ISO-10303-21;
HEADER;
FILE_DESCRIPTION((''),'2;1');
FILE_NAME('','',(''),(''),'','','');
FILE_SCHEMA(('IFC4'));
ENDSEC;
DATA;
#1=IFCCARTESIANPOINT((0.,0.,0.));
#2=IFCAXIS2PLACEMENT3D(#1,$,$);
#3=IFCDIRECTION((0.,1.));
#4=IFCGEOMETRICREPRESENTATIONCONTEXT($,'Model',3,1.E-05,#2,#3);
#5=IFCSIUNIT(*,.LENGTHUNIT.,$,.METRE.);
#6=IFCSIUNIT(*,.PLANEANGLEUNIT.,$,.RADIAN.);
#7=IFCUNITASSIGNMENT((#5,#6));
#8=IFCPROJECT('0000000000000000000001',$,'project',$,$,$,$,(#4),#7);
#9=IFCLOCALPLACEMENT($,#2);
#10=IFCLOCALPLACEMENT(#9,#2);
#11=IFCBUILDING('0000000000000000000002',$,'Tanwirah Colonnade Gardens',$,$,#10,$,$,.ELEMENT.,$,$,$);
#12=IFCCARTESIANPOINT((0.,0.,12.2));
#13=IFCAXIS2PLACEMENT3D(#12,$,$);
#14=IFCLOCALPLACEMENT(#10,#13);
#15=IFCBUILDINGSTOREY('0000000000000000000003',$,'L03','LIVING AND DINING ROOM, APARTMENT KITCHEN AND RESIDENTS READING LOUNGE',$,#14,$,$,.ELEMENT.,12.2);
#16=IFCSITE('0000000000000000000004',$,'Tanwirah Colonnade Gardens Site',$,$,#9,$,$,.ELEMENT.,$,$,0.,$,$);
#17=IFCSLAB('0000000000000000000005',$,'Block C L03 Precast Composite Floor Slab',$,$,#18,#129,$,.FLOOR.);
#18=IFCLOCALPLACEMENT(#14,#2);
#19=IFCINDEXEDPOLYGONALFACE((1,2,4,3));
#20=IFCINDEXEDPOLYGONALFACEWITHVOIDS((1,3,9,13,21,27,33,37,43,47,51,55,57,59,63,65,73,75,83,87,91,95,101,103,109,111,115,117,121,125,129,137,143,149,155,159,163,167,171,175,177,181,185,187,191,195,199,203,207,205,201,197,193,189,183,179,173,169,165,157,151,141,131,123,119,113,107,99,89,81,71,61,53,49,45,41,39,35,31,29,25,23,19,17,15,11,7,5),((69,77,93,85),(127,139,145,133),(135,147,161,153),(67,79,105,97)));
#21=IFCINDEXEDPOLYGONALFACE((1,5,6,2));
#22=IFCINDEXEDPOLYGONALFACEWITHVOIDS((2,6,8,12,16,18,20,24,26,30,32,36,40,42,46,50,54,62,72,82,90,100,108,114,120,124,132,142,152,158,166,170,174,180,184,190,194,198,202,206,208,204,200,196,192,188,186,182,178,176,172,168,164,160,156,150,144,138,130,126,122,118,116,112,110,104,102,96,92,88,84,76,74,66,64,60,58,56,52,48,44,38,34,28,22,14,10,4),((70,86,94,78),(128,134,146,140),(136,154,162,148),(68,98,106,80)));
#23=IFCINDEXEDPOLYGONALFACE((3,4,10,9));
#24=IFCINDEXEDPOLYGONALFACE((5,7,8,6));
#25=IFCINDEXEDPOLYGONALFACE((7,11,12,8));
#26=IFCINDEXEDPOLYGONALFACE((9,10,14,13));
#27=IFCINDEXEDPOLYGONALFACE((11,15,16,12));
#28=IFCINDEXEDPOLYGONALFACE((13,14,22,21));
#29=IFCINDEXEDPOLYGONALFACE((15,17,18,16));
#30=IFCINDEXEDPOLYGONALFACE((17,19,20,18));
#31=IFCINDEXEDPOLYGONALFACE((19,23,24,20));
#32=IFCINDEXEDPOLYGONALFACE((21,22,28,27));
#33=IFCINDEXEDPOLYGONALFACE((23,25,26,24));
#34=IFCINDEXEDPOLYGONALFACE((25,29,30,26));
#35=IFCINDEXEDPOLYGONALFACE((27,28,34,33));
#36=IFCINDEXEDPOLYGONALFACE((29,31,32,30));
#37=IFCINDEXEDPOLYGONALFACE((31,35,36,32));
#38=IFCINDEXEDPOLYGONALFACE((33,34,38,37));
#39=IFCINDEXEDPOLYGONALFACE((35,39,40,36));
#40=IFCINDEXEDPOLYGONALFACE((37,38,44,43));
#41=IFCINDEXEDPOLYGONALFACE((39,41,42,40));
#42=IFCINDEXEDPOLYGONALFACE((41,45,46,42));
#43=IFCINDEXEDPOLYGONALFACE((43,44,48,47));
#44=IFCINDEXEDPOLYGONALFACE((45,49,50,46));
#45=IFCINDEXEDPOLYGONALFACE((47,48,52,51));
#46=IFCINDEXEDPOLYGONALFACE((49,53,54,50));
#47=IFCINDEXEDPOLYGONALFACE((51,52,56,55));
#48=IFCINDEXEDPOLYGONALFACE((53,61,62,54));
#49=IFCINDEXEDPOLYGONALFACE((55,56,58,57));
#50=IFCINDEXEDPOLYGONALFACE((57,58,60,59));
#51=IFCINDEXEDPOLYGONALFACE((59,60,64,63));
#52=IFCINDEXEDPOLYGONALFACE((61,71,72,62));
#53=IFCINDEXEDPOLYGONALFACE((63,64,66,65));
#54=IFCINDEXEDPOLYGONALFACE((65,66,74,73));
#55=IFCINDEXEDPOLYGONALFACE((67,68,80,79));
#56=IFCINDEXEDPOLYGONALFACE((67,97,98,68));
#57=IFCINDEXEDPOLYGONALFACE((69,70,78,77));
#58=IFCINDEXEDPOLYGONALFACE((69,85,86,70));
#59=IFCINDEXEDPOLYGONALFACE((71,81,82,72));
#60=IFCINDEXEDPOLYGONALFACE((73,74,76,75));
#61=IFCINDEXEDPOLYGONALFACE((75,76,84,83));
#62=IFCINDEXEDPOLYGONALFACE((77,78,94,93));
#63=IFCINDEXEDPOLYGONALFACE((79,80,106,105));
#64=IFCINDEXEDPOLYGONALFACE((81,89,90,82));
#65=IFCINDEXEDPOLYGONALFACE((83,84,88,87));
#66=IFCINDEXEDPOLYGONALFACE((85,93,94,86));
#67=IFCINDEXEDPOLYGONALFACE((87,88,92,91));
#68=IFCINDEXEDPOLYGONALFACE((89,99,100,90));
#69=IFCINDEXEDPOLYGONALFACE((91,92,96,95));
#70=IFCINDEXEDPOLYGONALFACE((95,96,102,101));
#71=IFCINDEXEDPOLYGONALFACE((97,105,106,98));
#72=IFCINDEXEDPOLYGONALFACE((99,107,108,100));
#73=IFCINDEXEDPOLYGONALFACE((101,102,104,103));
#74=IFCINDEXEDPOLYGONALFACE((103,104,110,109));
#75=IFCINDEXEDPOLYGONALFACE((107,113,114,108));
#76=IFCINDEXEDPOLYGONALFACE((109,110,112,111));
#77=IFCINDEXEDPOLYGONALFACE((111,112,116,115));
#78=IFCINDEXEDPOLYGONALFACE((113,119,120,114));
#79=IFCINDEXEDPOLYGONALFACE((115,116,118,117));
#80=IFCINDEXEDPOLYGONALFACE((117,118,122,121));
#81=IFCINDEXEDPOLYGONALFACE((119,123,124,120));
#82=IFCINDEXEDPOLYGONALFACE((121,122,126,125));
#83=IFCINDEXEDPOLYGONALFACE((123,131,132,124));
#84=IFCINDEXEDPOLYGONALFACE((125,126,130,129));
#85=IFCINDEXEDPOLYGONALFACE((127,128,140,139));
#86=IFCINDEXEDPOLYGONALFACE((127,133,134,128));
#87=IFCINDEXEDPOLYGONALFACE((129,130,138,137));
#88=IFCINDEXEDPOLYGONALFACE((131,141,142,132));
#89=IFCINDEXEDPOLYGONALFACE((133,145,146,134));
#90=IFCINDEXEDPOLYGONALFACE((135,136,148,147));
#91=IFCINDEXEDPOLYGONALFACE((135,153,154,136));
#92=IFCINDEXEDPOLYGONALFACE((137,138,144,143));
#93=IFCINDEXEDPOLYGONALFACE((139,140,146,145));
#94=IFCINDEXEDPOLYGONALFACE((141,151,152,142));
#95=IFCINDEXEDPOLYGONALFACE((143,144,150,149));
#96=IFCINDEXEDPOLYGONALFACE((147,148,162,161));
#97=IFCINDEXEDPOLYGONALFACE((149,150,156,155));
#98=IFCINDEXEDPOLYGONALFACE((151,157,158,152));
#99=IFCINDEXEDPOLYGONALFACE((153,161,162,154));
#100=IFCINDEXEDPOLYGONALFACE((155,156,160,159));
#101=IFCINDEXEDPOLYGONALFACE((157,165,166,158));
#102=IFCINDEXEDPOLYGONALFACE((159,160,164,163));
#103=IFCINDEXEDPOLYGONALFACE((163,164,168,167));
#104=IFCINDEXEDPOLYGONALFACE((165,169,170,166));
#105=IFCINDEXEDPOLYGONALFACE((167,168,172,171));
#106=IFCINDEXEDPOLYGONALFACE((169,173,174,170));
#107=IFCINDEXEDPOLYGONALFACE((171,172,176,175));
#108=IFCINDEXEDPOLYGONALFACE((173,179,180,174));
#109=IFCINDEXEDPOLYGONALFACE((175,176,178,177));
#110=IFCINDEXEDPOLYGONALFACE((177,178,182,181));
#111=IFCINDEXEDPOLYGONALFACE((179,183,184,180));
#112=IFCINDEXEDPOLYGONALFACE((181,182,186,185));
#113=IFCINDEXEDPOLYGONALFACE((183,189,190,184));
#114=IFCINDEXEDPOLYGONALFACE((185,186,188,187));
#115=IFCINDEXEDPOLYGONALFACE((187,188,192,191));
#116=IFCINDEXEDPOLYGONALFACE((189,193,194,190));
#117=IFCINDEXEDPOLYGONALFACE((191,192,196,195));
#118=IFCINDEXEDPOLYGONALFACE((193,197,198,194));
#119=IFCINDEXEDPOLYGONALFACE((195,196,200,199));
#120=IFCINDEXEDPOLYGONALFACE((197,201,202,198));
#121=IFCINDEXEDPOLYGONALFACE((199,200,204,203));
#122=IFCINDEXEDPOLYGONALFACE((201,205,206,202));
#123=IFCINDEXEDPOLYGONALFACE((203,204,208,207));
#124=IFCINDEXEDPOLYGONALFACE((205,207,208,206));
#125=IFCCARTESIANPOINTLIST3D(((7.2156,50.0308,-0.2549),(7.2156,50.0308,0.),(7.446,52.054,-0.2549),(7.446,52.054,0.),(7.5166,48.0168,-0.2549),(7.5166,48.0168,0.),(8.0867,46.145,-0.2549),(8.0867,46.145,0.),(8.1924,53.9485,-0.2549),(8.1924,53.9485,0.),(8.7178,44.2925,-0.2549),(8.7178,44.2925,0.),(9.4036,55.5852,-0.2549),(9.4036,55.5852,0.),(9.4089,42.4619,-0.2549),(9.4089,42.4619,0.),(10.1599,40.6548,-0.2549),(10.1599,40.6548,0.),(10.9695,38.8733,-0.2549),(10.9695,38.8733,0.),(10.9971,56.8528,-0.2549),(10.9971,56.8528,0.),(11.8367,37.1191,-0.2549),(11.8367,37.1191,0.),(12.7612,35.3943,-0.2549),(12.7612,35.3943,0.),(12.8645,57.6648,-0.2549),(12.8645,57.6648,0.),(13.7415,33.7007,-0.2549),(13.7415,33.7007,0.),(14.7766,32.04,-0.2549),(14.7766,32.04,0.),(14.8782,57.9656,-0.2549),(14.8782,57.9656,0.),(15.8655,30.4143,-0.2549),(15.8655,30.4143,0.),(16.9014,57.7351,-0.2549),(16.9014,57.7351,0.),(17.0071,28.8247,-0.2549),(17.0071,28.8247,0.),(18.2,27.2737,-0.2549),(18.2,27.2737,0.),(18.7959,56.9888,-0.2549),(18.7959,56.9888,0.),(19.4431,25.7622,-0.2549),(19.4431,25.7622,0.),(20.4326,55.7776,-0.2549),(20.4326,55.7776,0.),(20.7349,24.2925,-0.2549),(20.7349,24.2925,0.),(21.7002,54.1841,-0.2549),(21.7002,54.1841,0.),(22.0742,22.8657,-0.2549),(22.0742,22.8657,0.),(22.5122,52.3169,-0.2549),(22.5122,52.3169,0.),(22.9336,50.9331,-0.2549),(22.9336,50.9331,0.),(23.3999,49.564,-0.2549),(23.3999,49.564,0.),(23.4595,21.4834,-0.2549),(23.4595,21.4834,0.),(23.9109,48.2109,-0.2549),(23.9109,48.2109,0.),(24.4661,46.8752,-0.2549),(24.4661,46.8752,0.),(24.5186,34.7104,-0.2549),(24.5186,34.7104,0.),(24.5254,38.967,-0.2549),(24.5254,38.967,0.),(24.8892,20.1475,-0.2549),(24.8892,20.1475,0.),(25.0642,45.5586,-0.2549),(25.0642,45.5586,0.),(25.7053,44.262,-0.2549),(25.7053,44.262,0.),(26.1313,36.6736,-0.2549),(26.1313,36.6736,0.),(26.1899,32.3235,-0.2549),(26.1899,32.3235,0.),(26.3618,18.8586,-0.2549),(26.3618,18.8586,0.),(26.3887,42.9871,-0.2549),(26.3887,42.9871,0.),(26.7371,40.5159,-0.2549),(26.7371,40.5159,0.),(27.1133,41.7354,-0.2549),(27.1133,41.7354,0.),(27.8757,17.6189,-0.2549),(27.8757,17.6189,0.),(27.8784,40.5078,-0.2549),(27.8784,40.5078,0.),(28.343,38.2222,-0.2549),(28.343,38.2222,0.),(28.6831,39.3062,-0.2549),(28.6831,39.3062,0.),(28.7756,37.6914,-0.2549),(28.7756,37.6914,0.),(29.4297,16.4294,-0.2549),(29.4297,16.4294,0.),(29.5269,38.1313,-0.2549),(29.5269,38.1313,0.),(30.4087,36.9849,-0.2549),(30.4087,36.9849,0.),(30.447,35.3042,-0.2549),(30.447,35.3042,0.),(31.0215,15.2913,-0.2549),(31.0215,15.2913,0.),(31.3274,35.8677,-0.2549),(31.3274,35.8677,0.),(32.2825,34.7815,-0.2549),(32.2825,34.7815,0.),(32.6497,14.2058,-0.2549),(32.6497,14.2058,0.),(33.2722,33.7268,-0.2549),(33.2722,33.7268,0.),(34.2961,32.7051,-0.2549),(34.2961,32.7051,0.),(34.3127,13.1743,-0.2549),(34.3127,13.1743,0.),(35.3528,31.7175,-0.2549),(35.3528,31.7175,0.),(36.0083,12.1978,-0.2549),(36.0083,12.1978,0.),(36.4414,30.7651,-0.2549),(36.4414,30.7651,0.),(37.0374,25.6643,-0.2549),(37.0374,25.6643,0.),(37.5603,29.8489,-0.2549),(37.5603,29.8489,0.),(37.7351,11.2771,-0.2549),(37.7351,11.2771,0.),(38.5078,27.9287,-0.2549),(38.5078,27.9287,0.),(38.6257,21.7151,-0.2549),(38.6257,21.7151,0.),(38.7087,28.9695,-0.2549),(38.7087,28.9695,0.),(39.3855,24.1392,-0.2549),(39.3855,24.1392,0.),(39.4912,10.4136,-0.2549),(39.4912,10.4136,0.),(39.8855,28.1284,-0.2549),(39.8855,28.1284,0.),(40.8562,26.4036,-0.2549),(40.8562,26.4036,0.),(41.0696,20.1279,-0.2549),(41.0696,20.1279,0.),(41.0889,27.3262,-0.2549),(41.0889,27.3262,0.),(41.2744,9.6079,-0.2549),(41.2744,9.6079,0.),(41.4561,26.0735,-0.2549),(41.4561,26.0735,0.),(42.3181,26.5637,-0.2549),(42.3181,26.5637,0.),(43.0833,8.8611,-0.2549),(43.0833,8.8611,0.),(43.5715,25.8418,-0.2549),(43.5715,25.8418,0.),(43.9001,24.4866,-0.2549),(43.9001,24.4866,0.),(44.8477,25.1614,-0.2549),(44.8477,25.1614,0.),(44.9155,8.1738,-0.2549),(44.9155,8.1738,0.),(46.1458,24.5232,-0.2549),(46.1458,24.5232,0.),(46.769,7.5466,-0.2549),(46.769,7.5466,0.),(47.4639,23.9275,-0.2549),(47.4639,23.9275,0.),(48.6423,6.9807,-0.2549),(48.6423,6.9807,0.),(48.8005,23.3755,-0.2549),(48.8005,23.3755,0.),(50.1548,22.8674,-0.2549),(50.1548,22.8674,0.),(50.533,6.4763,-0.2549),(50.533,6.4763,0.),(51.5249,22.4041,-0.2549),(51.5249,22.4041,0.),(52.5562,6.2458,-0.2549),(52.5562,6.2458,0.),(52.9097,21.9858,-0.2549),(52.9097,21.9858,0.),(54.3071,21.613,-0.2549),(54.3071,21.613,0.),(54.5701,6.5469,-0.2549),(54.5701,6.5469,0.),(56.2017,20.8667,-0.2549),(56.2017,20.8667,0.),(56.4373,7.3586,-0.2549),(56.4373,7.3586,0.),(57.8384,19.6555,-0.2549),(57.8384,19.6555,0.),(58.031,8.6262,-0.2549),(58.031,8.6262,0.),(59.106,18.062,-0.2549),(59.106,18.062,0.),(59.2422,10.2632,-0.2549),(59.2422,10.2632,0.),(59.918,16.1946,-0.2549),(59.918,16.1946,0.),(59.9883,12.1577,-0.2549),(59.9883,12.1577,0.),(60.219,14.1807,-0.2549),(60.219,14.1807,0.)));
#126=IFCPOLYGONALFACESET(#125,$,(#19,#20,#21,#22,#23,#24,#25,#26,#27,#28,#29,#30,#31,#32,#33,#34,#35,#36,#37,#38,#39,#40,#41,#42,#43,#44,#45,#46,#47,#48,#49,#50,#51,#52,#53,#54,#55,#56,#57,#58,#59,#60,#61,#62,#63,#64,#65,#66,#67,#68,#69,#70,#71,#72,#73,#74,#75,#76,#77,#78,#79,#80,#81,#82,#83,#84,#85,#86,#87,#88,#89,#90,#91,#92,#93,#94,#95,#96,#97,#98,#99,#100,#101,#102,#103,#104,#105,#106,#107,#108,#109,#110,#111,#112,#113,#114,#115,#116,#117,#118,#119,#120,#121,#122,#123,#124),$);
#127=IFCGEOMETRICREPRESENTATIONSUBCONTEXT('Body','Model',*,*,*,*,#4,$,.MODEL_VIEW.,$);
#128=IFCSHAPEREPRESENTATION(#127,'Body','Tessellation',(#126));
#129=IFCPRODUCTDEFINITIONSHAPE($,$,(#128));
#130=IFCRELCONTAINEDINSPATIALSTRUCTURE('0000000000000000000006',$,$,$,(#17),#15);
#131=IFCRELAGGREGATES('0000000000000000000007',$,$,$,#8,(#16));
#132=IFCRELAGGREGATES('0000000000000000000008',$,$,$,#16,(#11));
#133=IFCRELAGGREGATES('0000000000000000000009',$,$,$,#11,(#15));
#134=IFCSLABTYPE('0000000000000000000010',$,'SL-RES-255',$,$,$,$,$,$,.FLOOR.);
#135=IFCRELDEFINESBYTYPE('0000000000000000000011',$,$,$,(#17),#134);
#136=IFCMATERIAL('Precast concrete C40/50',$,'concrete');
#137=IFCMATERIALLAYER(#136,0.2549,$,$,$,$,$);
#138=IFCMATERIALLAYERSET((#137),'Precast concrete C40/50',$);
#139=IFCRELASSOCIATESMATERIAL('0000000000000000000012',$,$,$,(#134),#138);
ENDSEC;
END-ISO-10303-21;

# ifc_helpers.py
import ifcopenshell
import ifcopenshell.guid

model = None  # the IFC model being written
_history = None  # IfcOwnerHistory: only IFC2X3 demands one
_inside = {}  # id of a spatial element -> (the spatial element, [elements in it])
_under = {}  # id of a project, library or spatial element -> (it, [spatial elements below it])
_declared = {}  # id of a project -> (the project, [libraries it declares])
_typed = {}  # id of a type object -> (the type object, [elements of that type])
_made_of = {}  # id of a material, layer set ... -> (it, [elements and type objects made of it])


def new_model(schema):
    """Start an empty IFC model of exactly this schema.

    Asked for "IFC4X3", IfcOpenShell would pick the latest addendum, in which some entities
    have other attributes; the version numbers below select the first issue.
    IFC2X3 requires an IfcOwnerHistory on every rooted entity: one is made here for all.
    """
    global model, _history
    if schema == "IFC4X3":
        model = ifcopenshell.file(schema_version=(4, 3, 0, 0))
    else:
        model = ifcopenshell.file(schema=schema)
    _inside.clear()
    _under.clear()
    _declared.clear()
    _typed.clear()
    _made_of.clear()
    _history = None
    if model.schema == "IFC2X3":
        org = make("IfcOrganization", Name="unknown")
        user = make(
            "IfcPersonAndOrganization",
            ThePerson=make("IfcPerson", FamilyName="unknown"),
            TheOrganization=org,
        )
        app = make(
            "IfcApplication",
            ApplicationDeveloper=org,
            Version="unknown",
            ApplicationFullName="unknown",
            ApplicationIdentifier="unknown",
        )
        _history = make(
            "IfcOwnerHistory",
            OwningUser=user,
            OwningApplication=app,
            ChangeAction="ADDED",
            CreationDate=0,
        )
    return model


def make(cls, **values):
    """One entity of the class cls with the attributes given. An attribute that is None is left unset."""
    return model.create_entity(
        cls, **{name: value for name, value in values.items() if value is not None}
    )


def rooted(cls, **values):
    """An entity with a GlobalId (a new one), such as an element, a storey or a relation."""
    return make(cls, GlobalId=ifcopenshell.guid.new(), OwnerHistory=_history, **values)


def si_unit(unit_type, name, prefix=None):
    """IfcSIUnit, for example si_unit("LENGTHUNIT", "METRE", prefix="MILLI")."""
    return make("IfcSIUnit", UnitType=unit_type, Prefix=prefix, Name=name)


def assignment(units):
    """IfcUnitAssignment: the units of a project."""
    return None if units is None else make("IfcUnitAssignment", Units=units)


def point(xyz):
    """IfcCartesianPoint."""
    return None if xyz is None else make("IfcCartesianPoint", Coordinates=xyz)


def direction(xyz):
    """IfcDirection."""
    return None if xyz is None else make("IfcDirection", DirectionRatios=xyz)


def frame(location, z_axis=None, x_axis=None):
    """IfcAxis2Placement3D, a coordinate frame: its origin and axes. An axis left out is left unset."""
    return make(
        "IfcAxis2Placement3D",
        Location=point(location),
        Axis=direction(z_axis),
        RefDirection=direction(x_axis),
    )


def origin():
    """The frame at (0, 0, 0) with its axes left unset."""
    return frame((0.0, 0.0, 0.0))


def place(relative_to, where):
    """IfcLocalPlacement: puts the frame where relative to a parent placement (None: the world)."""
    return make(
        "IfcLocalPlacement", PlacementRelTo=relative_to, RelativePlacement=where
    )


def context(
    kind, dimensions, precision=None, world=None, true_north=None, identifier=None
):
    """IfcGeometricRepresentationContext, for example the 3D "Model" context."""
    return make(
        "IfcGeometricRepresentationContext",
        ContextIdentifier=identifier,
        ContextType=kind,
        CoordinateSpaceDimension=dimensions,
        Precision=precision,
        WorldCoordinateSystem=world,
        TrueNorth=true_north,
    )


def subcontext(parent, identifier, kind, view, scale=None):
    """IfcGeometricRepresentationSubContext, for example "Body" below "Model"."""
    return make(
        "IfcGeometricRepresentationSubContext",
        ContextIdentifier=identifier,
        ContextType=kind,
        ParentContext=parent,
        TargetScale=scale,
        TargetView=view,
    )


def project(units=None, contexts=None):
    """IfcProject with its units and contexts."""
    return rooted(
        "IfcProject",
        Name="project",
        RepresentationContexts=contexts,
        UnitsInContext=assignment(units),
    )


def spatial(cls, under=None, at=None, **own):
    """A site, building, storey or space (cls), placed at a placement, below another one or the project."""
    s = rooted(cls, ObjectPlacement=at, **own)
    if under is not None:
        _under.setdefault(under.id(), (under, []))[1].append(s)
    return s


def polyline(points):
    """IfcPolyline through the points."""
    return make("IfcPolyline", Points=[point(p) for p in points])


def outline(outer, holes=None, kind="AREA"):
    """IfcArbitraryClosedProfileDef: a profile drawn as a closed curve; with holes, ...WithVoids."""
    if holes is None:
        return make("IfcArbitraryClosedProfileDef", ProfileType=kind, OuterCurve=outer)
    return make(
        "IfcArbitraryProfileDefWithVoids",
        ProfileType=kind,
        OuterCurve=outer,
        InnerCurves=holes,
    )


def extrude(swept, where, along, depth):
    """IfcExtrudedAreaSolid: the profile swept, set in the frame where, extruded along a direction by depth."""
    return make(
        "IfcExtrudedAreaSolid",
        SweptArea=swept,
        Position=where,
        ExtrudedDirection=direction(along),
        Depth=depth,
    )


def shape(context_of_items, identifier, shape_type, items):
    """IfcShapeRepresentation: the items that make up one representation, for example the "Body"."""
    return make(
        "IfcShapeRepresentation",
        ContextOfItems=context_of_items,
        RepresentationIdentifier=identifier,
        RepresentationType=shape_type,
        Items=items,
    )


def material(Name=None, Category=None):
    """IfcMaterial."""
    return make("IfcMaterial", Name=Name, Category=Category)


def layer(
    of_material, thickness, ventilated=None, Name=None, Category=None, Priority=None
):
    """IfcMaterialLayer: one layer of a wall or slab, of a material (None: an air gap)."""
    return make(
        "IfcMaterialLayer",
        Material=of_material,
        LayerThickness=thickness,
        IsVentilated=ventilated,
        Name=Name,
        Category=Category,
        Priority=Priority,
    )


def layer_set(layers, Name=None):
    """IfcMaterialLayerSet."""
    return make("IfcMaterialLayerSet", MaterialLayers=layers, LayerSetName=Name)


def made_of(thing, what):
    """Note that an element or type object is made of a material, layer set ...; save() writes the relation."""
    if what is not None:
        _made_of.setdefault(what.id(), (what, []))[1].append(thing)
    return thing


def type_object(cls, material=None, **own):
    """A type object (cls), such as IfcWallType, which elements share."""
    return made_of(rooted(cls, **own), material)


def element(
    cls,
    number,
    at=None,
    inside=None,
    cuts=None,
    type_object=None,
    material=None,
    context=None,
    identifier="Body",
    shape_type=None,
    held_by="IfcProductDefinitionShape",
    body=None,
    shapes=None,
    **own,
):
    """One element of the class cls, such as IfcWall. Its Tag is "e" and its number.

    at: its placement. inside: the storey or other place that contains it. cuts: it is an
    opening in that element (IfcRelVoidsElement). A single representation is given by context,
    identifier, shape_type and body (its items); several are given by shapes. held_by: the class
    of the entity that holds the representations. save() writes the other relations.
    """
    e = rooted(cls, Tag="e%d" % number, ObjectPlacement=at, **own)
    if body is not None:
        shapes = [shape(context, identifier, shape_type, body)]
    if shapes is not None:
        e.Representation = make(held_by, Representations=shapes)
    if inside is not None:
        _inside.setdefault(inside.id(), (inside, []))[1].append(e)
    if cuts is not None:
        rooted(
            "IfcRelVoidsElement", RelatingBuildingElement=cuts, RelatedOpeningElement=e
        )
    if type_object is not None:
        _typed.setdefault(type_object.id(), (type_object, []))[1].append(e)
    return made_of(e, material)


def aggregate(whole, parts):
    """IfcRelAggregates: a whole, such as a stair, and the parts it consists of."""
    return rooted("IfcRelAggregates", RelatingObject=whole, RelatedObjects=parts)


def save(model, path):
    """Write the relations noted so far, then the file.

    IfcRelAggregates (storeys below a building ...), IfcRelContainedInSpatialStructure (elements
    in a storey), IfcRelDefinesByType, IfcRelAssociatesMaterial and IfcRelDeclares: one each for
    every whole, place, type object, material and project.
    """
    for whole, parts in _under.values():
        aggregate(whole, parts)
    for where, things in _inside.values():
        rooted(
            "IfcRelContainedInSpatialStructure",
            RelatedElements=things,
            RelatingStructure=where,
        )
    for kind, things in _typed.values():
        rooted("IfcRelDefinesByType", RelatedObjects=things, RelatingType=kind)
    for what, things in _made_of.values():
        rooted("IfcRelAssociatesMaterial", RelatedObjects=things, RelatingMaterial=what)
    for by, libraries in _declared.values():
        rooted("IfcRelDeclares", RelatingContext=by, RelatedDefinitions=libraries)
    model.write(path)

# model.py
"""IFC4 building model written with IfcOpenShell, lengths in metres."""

from ifc_helpers import new_model, si_unit, direction, frame, origin, place, context, subcontext, project, spatial, polyline, outline, extrude, material, layer, layer_set, type_object, element, save


model = new_model("IFC4")

# Units and contexts
model_context = context("Model", 3, precision=1e-05, world=origin(), true_north=direction((0.0, 1.0)))
body_context = subcontext(model_context, "Body", "Model", "MODEL_VIEW")
ifc_project = project(units=[si_unit("LENGTHUNIT", "METRE"), si_unit("PLANEANGLEUNIT", "RADIAN")], contexts=[model_context])

# Site, building, storey
site_placement = place(None, origin())
site = spatial("IfcSite", under=ifc_project, at=site_placement, Name="Tanwirah Colonnade Gardens Site", CompositionType="ELEMENT", RefElevation=0.0)
building_placement = place(site_placement, origin())
building = spatial("IfcBuilding", under=site, at=building_placement, Name="Tanwirah Colonnade Gardens", CompositionType="ELEMENT")
storey_placement = place(building_placement, frame((0.0, 0.0, 12.2)))
storey = spatial("IfcBuildingStorey", under=building, at=storey_placement, Name="L03", Description="LIVING AND DINING ROOM, APARTMENT KITCHEN AND RESIDENTS READING LOUNGE", CompositionType="ELEMENT", Elevation=12.2)

# Shared definitions
ifc_material_1 = material(Name="Precast concrete C40/50", Category="concrete")

# Slab
ifc_layer_1 = layer(ifc_material_1, 0.2549)
ifc_layer_set_1 = layer_set([ifc_layer_1], Name="Precast concrete C40/50")
slab_type_1 = type_object("IfcSlabType", Name="SL-RES-255", PredefinedType="FLOOR", material=ifc_layer_set_1)
slab_1_placement = place(storey_placement, frame((0.0, 0.0, -0.2549)))
element("IfcSlab", 1, at=slab_1_placement, inside=storey, type_object=slab_type_1, Name="Block C L03 Precast Composite Floor Slab", PredefinedType="FLOOR", context=body_context, shape_type="SweptSolid", body=[
    extrude(outline(polyline([(23.3999, 49.564), (22.9336, 50.9331), (22.5122, 52.3169), (21.7002, 54.1841), (20.4326, 55.7776), (18.7959, 56.9888), (16.9014, 57.7351), (14.8782, 57.9656), (12.8645, 57.6648), (10.9971, 56.8528), (9.4036, 55.5852), (8.1924, 53.9485), (7.446, 52.054), (7.2156, 50.0308), (7.5166, 48.0168), (8.0867, 46.145), (8.7178, 44.2925), (9.4089, 42.4619), (10.1599, 40.6548), (10.9695, 38.8733), (11.8367, 37.1191), (12.7612, 35.3943), (13.7415, 33.7007), (14.7766, 32.04), (15.8655, 30.4143), (17.0071, 28.8247), (18.2, 27.2737), (19.4431, 25.7622), (20.7349, 24.2925), (22.0742, 22.8657), (23.4595, 21.4834), (24.8892, 20.1475), (26.3618, 18.8586), (27.8757, 17.6189), (29.4297, 16.4294), (31.0215, 15.2913), (32.6497, 14.2058), (34.3127, 13.1743), (36.0083, 12.1978), (37.7351, 11.2771), (39.4912, 10.4136), (41.2744, 9.6079), (43.0833, 8.8611), (44.9155, 8.1738), (46.769, 7.5466), (48.6423, 6.9807), (50.533, 6.4763), (52.5562, 6.2458), (54.5701, 6.5469), (56.4373, 7.3586), (58.031, 8.6262), (59.2422, 10.2632), (59.9883, 12.1577), (60.219, 14.1807), (59.918, 16.1946), (59.106, 18.062), (57.8384, 19.6555), (56.2017, 20.8667), (54.3071, 21.613), (52.9097, 21.9858), (51.5249, 22.4041), (50.1548, 22.8674), (48.8005, 23.3755), (47.4639, 23.9275), (46.1458, 24.5232), (44.8477, 25.1614), (43.5715, 25.8418), (42.3181, 26.5637), (41.0889, 27.3262), (39.8855, 28.1284), (38.7087, 28.9695), (37.5603, 29.8489), (36.4414, 30.7651), (35.3528, 31.7175), (34.2961, 32.7051), (33.2722, 33.7268), (32.2825, 34.7815), (31.3274, 35.8677), (30.4087, 36.9849), (29.5269, 38.1313), (28.6831, 39.3062), (27.8784, 40.5078), (27.1133, 41.7354), (26.3887, 42.9871), (25.7053, 44.262), (25.0642, 45.5586), (24.4661, 46.8752), (23.9109, 48.2109), (23.3999, 49.564)]), holes=[polyline([(24.5186, 34.7104), (28.7756, 37.6914), (30.447, 35.3042), (26.1899, 32.3235), (24.5186, 34.7104)]), polyline([(26.7371, 40.5159), (28.343, 38.2222), (26.1313, 36.6736), (24.5254, 38.967), (26.7371, 40.5159)]), polyline([(43.9001, 24.4866), (41.0696, 20.1279), (38.6257, 21.7151), (41.4561, 26.0735), (43.9001, 24.4866)]), polyline([(39.3855, 24.1392), (37.0374, 25.6643), (38.5078, 27.9287), (40.8562, 26.4036), (39.3855, 24.1392)])]), origin(), (0.0, 0.0, 1.0), 0.2549),
])

save(model, "model.ifc")
